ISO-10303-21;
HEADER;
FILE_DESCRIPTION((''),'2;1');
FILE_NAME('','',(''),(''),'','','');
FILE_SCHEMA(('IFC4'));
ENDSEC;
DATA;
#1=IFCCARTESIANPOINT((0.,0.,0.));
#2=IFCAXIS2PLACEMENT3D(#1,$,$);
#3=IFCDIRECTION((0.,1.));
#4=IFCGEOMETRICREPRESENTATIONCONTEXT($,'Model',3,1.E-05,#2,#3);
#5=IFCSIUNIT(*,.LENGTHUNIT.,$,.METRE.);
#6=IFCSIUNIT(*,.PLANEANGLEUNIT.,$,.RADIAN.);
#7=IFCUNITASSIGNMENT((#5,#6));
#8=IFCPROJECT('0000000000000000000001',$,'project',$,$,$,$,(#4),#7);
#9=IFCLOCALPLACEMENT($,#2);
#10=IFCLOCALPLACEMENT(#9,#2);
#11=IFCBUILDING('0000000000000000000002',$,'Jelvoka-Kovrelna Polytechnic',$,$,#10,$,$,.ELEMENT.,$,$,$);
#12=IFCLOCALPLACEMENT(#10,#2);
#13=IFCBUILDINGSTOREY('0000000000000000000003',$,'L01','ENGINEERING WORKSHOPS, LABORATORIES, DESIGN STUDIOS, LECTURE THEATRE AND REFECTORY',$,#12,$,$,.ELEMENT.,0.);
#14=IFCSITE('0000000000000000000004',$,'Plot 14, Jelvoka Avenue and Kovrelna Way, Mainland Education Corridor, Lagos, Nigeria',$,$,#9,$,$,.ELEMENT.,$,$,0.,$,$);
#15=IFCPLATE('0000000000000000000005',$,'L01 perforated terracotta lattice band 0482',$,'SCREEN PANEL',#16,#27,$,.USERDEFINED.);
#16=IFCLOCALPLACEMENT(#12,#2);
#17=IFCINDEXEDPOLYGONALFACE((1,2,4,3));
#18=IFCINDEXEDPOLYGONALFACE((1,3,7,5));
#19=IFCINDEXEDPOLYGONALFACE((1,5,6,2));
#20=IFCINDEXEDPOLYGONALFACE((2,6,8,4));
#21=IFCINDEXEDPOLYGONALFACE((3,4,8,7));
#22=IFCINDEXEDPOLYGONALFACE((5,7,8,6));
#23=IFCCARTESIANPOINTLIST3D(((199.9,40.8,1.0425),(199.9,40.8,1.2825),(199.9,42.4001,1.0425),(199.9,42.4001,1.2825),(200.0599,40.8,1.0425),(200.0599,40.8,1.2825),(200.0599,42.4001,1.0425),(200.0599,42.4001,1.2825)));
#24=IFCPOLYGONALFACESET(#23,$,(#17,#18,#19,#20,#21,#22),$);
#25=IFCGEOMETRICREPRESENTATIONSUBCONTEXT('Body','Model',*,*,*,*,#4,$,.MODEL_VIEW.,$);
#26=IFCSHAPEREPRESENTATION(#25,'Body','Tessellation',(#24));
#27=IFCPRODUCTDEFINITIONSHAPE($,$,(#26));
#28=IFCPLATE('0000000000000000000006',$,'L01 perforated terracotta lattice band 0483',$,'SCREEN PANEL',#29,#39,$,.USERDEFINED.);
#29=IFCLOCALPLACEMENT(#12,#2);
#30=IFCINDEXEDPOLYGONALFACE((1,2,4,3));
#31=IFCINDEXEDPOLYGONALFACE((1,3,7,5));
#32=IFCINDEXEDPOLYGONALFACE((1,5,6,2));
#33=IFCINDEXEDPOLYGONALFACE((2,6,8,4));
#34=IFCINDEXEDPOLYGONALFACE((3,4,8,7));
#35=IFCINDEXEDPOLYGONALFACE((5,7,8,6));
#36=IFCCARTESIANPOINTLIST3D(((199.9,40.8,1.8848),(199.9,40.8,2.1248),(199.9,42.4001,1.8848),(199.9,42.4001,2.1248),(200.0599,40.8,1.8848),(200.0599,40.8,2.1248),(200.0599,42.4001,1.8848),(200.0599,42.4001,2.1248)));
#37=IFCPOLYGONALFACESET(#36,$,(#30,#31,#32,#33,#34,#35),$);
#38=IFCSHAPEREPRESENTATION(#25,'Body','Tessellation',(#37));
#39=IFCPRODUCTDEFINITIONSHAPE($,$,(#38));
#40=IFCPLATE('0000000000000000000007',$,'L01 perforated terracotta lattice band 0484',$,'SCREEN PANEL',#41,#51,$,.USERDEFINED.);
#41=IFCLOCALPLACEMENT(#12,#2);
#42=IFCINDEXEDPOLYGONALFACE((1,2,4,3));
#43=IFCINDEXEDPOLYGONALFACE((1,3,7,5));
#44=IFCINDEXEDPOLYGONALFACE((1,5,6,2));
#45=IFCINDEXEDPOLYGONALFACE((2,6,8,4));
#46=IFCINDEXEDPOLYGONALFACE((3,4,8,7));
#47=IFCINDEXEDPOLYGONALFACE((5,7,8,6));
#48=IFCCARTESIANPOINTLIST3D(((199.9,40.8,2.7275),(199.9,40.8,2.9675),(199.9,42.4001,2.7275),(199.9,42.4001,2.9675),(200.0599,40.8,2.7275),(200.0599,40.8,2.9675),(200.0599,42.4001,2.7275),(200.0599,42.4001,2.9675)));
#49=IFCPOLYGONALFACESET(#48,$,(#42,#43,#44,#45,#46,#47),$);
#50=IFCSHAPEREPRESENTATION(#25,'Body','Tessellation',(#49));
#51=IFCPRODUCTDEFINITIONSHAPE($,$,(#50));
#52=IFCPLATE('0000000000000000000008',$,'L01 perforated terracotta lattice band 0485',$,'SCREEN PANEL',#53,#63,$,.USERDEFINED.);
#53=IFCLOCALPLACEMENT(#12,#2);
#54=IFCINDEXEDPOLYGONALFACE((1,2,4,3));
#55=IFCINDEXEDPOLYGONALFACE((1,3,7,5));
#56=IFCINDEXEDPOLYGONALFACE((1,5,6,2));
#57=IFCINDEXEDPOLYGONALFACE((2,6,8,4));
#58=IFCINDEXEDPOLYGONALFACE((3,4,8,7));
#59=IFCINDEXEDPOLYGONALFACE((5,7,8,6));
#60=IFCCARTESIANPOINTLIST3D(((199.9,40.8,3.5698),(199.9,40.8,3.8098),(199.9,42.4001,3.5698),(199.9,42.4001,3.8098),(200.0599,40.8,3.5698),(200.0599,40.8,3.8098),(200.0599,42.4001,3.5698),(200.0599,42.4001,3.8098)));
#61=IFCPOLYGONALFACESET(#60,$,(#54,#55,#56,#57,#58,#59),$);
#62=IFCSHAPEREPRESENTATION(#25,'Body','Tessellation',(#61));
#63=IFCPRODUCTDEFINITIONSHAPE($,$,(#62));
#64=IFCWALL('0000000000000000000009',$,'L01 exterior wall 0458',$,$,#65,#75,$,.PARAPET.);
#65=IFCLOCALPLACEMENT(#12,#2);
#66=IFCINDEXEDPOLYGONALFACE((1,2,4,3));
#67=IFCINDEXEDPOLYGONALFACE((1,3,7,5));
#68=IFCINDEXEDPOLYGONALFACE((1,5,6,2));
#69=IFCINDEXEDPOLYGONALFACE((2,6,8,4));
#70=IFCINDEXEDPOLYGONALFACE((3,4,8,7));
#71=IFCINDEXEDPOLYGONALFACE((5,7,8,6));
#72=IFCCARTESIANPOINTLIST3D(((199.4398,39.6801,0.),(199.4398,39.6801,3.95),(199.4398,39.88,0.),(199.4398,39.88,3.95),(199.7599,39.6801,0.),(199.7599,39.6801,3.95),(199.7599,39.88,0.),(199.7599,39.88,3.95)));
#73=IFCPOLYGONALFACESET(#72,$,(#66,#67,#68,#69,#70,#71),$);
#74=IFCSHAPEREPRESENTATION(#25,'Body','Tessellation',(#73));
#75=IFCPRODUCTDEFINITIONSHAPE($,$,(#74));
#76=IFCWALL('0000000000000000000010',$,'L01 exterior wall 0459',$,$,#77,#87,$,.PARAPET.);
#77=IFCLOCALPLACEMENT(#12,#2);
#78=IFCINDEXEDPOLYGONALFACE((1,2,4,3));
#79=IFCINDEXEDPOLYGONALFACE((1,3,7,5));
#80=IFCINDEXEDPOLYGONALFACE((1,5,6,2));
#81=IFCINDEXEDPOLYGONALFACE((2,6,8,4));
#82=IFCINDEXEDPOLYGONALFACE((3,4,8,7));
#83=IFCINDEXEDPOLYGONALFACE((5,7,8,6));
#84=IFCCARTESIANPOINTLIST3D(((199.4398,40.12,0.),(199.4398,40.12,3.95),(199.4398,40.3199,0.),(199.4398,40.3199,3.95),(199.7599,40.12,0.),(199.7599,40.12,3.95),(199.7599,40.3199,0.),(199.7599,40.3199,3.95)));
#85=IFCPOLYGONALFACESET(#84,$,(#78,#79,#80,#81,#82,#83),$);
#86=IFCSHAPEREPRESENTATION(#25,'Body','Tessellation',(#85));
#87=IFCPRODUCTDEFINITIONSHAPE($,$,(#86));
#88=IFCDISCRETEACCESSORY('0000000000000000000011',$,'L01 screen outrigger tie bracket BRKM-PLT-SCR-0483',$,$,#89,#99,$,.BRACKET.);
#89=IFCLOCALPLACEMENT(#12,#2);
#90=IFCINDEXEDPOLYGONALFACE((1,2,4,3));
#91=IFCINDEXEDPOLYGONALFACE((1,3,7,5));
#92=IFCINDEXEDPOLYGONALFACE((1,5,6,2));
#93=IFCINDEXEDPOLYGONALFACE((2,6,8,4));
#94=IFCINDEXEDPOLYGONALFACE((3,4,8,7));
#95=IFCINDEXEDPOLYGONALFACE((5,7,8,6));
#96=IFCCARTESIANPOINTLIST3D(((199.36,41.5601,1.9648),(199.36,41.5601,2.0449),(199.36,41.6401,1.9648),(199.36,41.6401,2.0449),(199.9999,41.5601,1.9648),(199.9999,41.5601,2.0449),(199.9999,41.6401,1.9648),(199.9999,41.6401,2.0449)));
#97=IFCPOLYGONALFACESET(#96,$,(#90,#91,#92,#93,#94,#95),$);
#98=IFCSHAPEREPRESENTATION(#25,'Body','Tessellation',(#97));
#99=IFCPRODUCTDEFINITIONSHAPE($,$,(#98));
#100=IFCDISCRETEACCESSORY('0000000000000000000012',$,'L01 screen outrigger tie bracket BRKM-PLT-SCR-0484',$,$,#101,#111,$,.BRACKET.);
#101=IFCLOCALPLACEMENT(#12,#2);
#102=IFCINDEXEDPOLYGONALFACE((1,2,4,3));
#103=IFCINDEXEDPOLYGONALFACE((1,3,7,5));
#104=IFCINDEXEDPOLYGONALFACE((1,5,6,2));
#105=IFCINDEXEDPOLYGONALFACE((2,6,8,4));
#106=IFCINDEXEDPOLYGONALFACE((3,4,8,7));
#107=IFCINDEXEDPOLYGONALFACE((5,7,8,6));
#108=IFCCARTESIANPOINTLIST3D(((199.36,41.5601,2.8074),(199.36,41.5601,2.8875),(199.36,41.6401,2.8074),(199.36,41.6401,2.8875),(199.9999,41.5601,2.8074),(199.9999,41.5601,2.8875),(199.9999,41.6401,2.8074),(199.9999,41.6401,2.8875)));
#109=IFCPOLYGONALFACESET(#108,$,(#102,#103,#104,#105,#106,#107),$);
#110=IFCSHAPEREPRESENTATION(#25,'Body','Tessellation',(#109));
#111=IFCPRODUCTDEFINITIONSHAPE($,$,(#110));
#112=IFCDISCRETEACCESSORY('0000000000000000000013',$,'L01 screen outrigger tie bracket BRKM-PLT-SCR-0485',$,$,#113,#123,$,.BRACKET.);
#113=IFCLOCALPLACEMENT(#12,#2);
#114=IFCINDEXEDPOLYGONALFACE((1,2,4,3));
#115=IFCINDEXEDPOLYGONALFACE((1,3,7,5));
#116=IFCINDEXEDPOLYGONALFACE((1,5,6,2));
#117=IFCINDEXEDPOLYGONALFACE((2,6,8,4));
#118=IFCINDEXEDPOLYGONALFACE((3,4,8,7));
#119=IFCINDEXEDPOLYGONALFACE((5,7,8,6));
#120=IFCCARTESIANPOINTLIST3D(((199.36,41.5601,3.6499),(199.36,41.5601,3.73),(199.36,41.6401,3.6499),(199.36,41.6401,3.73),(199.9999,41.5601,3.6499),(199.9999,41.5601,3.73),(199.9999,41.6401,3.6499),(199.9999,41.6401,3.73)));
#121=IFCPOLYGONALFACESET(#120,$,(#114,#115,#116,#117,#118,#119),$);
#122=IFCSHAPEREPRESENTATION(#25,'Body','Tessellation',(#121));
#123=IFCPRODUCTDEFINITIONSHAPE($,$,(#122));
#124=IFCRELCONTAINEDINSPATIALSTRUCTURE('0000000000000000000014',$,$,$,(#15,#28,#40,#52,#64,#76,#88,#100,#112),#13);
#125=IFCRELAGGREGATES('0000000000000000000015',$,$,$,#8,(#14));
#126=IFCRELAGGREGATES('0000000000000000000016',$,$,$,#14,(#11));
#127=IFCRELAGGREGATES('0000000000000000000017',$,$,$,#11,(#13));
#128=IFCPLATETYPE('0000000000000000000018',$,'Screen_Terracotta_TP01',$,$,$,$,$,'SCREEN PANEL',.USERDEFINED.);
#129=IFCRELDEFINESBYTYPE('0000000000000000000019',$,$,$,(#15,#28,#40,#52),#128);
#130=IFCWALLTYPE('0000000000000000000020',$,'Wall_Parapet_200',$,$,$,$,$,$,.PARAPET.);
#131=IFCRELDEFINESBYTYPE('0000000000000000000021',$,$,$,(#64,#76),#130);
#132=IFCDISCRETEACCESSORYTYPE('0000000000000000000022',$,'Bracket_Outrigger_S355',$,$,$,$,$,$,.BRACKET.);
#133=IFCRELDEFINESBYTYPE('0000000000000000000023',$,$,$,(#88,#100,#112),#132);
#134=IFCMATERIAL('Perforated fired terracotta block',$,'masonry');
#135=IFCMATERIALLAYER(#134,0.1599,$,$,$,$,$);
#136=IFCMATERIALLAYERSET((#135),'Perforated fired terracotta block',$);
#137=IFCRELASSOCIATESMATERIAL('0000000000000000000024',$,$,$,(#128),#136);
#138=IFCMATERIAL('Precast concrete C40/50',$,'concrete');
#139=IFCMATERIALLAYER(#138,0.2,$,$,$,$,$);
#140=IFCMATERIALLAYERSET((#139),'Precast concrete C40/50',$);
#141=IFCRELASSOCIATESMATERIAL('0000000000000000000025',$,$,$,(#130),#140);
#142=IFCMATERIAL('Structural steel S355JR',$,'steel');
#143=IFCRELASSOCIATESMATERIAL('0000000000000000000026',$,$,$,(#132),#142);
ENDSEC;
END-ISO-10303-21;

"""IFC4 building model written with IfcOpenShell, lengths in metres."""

from ifc_helpers import new_model, si_unit, direction, frame, frame_2d, origin, origin_2d, place, context, subcontext, project, spatial, rectangle, extrude, material, layer, layer_set, type_object, element, save


model = new_model("IFC4")

# Units and contexts
model_context = context("Model", 3, precision=1e-05, world=origin(), true_north=direction((0.0, 1.0)))
body_context = subcontext(model_context, "Body", "Model", "MODEL_VIEW")
ifc_project = project(units=[si_unit("LENGTHUNIT", "METRE"), si_unit("PLANEANGLEUNIT", "RADIAN")], contexts=[model_context])

# Site, building, storey
site_placement = place(None, origin())
site = spatial("IfcSite", under=ifc_project, at=site_placement, Name="Plot 14, Jelvoka Avenue and Kovrelna Way, Mainland Education Corridor, Lagos, Nigeria", CompositionType="ELEMENT", RefElevation=0.0)
building_placement = place(site_placement, origin())
building = spatial("IfcBuilding", under=site, at=building_placement, Name="Jelvoka-Kovrelna Polytechnic", CompositionType="ELEMENT")
storey_placement = place(building_placement, origin())
storey = spatial("IfcBuildingStorey", under=building, at=storey_placement, Name="L01", Description="ENGINEERING WORKSHOPS, LABORATORIES, DESIGN STUDIOS, LECTURE THEATRE AND REFECTORY", CompositionType="ELEMENT", Elevation=0.0)

# Plates
ifc_material_1 = material(Name="Perforated fired terracotta block", Category="masonry")
ifc_layer_1 = layer(ifc_material_1, 0.1599)
ifc_layer_set_1 = layer_set([ifc_layer_1], Name="Perforated fired terracotta block")
plate_type = type_object("IfcPlateType", Name="Screen_Terracotta_TP01", ElementType="SCREEN PANEL", PredefinedType="USERDEFINED", material=ifc_layer_set_1)
for number, where, z_axis, x_axis, name in (
    (1, (199.98, 41.6001, 1.0425), (0.0, 0.0, 1.0), (0.0, 1.0, 0.0), "L01 perforated terracotta lattice band 0482"),
    (2, (199.98, 41.6001, 1.8848), (0.0, 0.0, 1.0), (0.0, 1.0, 0.0), "L01 perforated terracotta lattice band 0483"),
    (3, (199.98, 41.6001, 2.7275), (0.0, 0.0, 1.0), (0.0, 1.0, 0.0), "L01 perforated terracotta lattice band 0484"),
    (4, (199.98, 41.6001, 3.5698), (0.0, 0.0, 1.0), (0.0, 1.0, 0.0), "L01 perforated terracotta lattice band 0485"),
):
    element("IfcPlate", number, at=place(storey_placement, frame(where, z_axis=z_axis, x_axis=x_axis)), inside=storey, type_object=plate_type, Name=name, ObjectType="SCREEN PANEL", PredefinedType="USERDEFINED", context=body_context, shape_type="SweptSolid", body=[
        extrude(rectangle(XDim=1.6001, YDim=0.1599, at=origin_2d()), origin(), (0.0, 0.0, 1.0), 0.24),
    ])

# Walls
ifc_material_2 = material(Name="Precast concrete C40/50", Category="concrete")
ifc_layer_2 = layer(ifc_material_2, 0.2)
ifc_layer_set_2 = layer_set([ifc_layer_2], Name="Precast concrete C40/50")
wall_type = type_object("IfcWallType", Name="Wall_Parapet_200", PredefinedType="PARAPET", material=ifc_layer_set_2)
for number, where, z_axis, x_axis, name in (
    (5, (199.76, 39.78, 0.0), (0.0, 0.0, 1.0), (-1.0, 0.0, 0.0), "L01 exterior wall 0458"),
    (6, (199.76, 40.22, 0.0), (0.0, 0.0, 1.0), (-1.0, 0.0, 0.0), "L01 exterior wall 0459"),
):
    element("IfcWall", number, at=place(storey_placement, frame(where, z_axis=z_axis, x_axis=x_axis)), inside=storey, type_object=wall_type, Name=name, PredefinedType="PARAPET", context=body_context, shape_type="SweptSolid", body=[
        extrude(rectangle(XDim=0.3201, YDim=0.2, at=frame_2d((0.1602, 0.0))), origin(), (0.0, 0.0, 1.0), 3.95),
    ])

# Discrete accessories
ifc_material_3 = material(Name="Structural steel S355JR", Category="steel")
discrete_accessory_type = type_object("IfcDiscreteAccessoryType", Name="Bracket_Outrigger_S355", PredefinedType="BRACKET", material=ifc_material_3)
for number, where, z_axis, x_axis, name in (
    (7, (199.6799, 41.6001, 1.9648), (0.0, 0.0, 1.0), (1.0, 0.0, 0.0), "L01 screen outrigger tie bracket BRKM-PLT-SCR-0483"),
    (8, (199.6799, 41.6001, 2.8074), (0.0, 0.0, 1.0), (1.0, 0.0, 0.0), "L01 screen outrigger tie bracket BRKM-PLT-SCR-0484"),
    (9, (199.6799, 41.6001, 3.6499), (0.0, 0.0, 1.0), (1.0, 0.0, 0.0), "L01 screen outrigger tie bracket BRKM-PLT-SCR-0485"),
):
    element("IfcDiscreteAccessory", number, at=place(storey_placement, frame(where, z_axis=z_axis, x_axis=x_axis)), inside=storey, type_object=discrete_accessory_type, Name=name, PredefinedType="BRACKET", context=body_context, shape_type="SweptSolid", body=[
        extrude(rectangle(XDim=0.6399, YDim=0.0801, at=origin_2d()), origin(), (0.0, 0.0, 1.0), 0.0801),
    ])

save(model, "model.ifc")
